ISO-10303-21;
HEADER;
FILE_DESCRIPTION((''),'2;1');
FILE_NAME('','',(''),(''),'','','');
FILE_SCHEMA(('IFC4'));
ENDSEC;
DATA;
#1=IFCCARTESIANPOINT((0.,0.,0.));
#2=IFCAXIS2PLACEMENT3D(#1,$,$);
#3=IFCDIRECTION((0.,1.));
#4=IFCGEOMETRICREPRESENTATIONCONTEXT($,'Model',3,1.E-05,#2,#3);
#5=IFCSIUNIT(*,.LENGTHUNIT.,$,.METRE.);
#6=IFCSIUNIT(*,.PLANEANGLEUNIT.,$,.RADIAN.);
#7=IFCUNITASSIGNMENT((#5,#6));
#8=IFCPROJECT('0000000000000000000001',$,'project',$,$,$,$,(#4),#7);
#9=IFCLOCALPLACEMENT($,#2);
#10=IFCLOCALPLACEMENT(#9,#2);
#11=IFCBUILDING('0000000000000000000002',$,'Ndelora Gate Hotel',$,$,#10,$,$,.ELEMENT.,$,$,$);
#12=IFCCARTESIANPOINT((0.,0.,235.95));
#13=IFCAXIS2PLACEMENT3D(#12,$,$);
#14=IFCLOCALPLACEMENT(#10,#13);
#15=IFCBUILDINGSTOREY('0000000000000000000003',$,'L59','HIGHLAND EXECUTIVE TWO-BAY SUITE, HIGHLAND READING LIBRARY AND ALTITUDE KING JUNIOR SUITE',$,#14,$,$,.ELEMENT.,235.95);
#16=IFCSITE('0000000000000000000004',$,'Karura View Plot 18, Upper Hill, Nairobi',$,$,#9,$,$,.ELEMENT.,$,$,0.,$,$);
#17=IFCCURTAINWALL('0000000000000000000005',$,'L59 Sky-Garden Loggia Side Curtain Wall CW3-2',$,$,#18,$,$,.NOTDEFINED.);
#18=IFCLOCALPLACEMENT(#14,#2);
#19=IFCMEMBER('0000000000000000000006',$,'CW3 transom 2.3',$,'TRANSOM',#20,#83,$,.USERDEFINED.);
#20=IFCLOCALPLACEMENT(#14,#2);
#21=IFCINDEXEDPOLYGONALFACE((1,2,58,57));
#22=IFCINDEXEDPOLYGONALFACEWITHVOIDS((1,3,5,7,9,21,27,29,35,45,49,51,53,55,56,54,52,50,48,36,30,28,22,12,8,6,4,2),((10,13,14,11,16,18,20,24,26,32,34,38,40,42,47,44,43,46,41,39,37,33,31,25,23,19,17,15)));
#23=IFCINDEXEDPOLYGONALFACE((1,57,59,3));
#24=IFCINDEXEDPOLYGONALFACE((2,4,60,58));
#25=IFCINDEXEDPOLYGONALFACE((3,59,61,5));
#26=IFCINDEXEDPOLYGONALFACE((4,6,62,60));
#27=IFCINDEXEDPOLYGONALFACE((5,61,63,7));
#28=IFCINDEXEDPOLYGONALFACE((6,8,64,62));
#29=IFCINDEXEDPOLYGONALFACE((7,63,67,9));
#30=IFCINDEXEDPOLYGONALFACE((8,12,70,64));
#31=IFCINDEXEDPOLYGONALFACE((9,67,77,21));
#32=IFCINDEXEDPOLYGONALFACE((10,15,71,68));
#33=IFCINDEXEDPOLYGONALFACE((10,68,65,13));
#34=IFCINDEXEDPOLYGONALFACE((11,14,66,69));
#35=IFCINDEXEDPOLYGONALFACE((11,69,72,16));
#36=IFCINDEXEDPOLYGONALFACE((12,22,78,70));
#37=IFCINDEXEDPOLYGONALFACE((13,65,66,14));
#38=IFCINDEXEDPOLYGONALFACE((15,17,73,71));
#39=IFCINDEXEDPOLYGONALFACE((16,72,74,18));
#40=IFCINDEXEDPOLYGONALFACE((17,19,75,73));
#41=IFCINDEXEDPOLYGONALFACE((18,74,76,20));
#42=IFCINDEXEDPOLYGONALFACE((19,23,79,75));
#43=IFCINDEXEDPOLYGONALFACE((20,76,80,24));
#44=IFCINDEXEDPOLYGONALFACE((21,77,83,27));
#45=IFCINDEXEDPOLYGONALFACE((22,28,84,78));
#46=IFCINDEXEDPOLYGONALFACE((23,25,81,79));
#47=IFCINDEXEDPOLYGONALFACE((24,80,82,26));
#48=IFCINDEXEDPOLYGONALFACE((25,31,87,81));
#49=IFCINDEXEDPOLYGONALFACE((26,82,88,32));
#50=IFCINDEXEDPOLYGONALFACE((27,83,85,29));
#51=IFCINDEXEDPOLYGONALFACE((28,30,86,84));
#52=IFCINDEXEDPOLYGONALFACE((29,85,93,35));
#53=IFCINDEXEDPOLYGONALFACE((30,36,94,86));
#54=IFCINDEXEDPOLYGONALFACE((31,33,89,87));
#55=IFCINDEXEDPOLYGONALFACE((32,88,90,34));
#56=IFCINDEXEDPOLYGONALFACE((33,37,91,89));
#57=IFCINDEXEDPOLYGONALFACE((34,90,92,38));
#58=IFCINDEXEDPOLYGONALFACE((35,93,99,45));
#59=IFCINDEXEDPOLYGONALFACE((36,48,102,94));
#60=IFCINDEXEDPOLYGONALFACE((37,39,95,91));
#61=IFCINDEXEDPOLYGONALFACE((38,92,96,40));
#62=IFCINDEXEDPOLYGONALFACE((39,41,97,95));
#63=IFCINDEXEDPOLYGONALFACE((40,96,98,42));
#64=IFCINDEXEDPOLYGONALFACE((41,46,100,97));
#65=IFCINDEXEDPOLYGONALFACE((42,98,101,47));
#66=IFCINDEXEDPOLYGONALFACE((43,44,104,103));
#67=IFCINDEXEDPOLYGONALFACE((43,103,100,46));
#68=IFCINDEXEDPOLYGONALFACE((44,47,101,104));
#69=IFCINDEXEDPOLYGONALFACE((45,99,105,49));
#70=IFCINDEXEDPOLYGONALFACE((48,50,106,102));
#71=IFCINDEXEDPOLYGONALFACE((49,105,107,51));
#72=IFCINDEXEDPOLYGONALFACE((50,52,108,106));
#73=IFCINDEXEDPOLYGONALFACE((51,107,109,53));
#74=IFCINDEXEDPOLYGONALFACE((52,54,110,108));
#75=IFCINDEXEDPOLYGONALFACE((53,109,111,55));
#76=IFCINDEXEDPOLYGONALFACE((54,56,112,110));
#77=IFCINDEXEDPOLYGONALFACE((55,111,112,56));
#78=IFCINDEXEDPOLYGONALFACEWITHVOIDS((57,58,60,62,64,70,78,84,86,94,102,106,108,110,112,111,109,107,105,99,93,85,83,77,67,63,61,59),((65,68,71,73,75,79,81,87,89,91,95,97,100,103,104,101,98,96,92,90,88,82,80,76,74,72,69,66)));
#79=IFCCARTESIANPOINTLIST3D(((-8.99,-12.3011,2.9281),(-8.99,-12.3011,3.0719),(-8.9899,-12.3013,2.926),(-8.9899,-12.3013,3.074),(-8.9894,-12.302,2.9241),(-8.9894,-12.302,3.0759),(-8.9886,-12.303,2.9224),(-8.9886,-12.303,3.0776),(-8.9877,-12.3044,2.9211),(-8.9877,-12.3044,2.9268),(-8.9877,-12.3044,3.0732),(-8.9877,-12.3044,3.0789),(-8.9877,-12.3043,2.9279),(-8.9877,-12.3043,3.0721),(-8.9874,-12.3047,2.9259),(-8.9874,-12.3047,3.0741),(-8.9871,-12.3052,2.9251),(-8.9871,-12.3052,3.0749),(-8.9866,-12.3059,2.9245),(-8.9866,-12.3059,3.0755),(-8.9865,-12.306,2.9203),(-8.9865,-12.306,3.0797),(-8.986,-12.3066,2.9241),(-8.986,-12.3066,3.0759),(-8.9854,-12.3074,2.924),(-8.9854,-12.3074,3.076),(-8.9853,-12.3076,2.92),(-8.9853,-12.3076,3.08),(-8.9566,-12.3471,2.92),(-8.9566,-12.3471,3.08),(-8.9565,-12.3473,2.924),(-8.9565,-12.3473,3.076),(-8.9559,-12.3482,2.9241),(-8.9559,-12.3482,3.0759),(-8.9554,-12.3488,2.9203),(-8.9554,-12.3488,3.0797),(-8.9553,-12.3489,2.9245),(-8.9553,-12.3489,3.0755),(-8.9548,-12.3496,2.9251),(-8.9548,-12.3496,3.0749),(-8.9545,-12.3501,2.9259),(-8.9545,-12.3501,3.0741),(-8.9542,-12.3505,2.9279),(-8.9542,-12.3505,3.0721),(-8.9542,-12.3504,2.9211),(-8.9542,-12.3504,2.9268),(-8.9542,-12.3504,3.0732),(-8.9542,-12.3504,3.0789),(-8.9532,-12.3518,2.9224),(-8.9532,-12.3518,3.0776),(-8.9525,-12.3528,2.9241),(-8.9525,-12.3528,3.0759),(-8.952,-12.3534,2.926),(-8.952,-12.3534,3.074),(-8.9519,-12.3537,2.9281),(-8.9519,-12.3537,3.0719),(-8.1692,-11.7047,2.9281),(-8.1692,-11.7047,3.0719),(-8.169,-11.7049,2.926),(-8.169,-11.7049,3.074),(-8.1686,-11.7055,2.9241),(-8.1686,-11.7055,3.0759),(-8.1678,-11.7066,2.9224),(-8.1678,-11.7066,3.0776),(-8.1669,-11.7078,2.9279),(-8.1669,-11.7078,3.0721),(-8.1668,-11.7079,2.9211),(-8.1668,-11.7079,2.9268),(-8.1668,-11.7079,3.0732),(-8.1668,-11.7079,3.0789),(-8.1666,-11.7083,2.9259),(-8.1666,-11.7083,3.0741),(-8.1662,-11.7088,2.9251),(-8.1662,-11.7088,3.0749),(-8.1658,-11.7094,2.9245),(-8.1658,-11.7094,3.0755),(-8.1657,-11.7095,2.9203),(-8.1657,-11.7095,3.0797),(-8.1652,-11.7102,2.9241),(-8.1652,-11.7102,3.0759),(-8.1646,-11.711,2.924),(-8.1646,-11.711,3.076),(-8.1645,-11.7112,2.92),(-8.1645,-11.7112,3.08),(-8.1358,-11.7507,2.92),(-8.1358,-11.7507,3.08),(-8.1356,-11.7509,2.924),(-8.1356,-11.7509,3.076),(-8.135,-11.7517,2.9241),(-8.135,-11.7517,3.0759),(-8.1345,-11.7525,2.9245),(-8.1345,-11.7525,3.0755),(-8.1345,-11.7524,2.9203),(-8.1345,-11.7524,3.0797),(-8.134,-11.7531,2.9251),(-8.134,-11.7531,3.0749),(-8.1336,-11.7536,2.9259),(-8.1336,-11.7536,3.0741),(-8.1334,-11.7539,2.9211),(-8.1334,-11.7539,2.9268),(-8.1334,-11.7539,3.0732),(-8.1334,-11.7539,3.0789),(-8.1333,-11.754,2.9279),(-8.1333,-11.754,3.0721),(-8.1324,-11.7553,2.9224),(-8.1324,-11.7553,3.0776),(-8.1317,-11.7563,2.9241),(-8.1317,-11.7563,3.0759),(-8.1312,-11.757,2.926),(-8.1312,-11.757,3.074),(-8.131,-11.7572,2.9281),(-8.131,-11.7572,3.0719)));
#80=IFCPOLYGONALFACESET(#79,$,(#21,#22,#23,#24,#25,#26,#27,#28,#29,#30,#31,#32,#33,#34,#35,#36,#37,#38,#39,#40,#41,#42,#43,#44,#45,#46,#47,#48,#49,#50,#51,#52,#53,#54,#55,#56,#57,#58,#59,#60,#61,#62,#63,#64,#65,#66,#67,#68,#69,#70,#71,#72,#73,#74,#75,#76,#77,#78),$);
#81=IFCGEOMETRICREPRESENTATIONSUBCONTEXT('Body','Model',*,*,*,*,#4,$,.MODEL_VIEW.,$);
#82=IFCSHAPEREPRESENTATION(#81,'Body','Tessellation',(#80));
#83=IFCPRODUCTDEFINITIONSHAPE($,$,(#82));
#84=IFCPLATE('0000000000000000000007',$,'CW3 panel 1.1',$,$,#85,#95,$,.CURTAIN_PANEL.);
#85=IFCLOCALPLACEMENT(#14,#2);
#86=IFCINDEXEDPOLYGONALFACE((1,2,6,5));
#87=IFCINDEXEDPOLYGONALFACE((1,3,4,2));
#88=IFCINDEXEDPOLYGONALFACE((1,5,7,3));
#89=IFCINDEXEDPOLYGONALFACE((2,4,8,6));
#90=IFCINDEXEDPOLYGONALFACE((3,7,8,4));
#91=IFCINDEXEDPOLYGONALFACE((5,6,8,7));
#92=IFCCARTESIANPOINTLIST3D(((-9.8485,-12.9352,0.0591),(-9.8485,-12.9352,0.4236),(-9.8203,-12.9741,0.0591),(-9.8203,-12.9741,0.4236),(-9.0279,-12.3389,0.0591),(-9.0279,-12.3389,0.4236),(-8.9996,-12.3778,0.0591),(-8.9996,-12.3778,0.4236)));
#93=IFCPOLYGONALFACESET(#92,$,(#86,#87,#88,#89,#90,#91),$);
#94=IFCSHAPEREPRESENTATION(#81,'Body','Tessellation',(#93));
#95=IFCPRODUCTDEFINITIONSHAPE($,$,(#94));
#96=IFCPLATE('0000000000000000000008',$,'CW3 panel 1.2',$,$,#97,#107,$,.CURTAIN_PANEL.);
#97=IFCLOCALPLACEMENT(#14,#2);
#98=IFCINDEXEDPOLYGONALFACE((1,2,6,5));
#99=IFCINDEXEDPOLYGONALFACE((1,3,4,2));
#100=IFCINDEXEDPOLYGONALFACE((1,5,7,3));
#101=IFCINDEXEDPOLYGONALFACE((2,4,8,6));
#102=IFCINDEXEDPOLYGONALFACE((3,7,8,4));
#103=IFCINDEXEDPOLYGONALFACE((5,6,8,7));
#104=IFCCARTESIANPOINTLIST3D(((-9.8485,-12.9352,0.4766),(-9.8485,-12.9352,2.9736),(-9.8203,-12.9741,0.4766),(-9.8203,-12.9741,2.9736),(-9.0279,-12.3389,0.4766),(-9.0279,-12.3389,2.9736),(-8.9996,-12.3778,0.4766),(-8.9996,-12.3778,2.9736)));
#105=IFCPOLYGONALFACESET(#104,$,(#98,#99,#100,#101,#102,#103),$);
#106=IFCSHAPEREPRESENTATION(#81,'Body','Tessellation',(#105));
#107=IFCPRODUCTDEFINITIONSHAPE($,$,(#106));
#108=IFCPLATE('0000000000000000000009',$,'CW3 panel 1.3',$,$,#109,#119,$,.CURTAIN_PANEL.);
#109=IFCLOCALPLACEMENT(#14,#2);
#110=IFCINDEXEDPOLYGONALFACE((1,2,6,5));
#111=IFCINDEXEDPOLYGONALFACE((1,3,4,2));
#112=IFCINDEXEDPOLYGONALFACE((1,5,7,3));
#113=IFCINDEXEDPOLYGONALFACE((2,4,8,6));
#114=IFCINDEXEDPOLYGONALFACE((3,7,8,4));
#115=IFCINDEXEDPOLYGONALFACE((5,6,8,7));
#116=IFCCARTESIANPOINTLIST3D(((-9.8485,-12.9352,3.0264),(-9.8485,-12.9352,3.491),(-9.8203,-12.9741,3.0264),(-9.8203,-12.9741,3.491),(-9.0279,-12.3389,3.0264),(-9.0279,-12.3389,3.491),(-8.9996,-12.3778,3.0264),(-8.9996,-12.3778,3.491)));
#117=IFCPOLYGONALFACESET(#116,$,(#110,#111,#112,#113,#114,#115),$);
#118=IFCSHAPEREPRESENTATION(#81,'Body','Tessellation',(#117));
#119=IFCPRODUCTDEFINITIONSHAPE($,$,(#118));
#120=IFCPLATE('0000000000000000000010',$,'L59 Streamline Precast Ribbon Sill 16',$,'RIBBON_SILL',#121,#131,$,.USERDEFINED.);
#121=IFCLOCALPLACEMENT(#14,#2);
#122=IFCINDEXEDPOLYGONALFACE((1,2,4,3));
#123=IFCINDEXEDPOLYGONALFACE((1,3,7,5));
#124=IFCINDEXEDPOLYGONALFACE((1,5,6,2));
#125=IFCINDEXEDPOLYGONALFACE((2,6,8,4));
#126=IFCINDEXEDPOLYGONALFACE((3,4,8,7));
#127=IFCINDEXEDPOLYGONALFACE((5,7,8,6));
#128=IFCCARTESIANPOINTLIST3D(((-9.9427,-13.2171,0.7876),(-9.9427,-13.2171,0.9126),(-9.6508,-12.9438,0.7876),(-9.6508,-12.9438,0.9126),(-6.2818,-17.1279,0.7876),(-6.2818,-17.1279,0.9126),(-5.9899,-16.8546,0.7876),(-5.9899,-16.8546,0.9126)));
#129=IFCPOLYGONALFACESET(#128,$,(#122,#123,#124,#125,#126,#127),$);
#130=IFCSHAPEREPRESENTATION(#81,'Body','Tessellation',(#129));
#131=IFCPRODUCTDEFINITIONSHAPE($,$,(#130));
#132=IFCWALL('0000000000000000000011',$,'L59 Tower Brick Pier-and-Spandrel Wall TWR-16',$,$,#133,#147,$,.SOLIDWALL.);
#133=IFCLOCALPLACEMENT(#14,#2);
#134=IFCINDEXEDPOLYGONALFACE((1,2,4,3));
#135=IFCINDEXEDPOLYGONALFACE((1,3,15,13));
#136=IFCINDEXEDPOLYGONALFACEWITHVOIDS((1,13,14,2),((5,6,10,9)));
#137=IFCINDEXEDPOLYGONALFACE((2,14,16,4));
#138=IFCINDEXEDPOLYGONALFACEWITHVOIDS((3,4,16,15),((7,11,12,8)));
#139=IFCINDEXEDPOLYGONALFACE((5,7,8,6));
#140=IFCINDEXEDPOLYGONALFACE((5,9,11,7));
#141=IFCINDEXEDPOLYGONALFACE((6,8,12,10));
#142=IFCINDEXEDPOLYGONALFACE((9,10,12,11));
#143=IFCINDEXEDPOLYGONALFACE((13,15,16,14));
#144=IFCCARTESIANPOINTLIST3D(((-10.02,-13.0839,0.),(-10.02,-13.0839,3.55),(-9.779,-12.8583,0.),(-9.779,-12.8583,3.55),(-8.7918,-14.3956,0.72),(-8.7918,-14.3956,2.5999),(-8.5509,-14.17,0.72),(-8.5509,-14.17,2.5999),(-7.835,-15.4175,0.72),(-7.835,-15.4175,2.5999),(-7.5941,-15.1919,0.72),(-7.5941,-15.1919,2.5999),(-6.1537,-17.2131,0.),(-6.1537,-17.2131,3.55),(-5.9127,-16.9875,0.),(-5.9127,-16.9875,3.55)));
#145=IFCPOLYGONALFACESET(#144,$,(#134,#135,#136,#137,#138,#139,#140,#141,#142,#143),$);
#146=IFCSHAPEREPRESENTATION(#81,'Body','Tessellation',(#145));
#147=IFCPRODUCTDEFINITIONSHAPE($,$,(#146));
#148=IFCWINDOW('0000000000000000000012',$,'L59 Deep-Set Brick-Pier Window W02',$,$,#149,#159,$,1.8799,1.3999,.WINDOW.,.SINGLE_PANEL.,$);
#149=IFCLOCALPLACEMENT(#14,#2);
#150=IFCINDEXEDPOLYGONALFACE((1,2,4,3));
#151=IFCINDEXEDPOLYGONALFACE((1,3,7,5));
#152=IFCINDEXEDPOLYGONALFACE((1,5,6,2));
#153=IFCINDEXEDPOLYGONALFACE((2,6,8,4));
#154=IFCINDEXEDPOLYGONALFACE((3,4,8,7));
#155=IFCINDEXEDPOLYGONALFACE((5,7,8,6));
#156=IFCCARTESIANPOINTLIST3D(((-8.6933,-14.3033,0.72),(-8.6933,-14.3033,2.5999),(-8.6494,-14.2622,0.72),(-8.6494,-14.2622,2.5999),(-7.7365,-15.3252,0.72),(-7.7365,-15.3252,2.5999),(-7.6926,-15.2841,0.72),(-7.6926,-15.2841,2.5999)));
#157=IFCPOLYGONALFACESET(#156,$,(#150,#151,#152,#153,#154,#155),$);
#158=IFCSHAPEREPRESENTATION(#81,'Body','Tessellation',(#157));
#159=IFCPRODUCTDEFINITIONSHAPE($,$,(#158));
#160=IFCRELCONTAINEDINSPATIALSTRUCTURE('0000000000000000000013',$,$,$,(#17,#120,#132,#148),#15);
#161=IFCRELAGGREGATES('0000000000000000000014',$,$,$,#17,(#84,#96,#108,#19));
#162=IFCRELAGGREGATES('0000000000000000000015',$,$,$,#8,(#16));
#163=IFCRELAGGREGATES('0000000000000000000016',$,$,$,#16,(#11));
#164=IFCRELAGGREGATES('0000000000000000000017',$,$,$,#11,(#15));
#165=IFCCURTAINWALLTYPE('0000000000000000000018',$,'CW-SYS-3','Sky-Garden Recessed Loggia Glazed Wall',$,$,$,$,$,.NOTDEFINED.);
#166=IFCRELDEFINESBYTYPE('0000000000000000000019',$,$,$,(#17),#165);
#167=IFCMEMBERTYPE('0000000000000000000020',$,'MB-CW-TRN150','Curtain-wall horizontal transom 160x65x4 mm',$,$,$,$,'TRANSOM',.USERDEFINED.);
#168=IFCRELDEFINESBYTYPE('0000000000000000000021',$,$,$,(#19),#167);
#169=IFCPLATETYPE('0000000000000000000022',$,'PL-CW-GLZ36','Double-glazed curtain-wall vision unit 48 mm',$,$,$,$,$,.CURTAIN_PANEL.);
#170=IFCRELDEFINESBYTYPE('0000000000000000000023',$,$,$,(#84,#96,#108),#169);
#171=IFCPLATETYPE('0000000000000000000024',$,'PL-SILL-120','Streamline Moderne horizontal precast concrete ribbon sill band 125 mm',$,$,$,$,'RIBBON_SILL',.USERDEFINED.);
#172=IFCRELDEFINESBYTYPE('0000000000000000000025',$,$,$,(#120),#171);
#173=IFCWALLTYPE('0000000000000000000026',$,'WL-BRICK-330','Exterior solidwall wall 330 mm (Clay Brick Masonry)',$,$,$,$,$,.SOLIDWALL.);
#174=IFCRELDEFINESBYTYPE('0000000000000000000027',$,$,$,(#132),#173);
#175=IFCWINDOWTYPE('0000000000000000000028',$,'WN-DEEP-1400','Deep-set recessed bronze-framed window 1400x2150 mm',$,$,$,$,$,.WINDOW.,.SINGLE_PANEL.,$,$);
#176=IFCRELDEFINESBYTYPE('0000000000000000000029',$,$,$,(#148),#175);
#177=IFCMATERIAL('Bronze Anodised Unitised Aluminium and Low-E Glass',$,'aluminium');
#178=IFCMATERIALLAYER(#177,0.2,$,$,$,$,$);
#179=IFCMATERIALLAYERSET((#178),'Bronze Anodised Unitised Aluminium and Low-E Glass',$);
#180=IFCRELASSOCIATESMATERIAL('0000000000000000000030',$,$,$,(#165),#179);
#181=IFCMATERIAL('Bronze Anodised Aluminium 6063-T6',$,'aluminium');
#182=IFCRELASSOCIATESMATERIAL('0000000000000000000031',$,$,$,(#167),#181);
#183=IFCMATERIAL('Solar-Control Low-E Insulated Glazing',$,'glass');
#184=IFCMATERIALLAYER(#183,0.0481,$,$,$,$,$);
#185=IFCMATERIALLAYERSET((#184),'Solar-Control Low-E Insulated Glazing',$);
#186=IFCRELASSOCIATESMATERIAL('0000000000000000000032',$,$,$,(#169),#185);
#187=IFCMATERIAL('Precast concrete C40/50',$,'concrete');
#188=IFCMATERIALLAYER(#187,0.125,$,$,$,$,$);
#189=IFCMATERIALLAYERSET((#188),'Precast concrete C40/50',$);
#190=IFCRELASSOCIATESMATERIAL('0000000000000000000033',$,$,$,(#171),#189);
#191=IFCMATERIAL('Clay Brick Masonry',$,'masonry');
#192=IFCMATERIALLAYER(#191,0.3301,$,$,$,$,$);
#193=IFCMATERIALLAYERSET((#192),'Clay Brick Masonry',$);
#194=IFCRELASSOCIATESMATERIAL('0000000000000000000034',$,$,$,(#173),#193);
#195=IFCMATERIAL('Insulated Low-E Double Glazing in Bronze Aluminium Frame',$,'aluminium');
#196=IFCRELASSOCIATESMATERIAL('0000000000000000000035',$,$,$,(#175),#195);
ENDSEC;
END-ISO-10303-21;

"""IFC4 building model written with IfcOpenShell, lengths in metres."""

from ifc_helpers import new_model, si_unit, direction, frame, frame_2d, origin, origin_2d, place, context, subcontext, project, spatial, rectangle, hollow_rectangle, extrude, material, layer, layer_set, material_profile, profile_set, type_object, element, fill, aggregate, save


model = new_model("IFC4")

# Units and contexts
model_context = context("Model", 3, precision=1e-05, world=origin(), true_north=direction((0.0, 1.0)))
body_context = subcontext(model_context, "Body", "Model", "MODEL_VIEW")
ifc_project = project(units=[si_unit("LENGTHUNIT", "METRE"), si_unit("PLANEANGLEUNIT", "RADIAN")], contexts=[model_context])

# Site, building, storey
site_placement = place(None, origin())
site = spatial("IfcSite", under=ifc_project, at=site_placement, Name="Karura View Plot 18, Upper Hill, Nairobi", CompositionType="ELEMENT", RefElevation=0.0)
building_placement = place(site_placement, origin())
building = spatial("IfcBuilding", under=site, at=building_placement, Name="Ndelora Gate Hotel", CompositionType="ELEMENT")
storey_placement = place(building_placement, frame((0.0, 0.0, 235.95)))
storey = spatial("IfcBuildingStorey", under=building, at=storey_placement, Name="L59", Description="HIGHLAND EXECUTIVE TWO-BAY SUITE, HIGHLAND READING LIBRARY AND ALTITUDE KING JUNIOR SUITE", CompositionType="ELEMENT", Elevation=235.95)

# Curtain wall, member, plates
ifc_material_1 = material(Name="Bronze Anodised Unitised Aluminium and Low-E Glass", Category="aluminium")
ifc_layer_1 = layer(ifc_material_1, 0.2)
ifc_layer_set_1 = layer_set([ifc_layer_1], Name="Bronze Anodised Unitised Aluminium and Low-E Glass")
curtain_wall_type = type_object("IfcCurtainWallType", Name="CW-SYS-3", Description="Sky-Garden Recessed Loggia Glazed Wall", PredefinedType="NOTDEFINED", material=ifc_layer_set_1)
curtain_wall_placement = place(storey_placement, origin())
curtain_wall = element("IfcCurtainWall", 1, at=curtain_wall_placement, inside=storey, type_object=curtain_wall_type, Name="L59 Sky-Garden Loggia Side Curtain Wall CW3-2", PredefinedType="NOTDEFINED")
ifc_material_2 = material(Name="Bronze Anodised Aluminium 6063-T6", Category="aluminium")
ifc_material_profile_1 = material_profile(ifc_material_2, hollow_rectangle(XDim=0.0649, YDim=0.1599, WallThickness=0.0039, InnerFilletRadius=0.0039, OuterFilletRadius=0.0081, at=origin_2d()), Name="ALU 160x65x4")
ifc_profile_set_1 = profile_set([ifc_material_profile_1], Name="Bronze Anodised Aluminium 6063-T6")
member_type_1 = type_object("IfcMemberType", Name="MB-CW-TRN150", Description="Curtain-wall horizontal transom 160x65x4 mm", ElementType="TRANSOM", PredefinedType="USERDEFINED", material=ifc_profile_set_1)
member_1_placement = place(storey_placement, frame((-8.9709, -12.3274, 3.0), z_axis=(0.808975, 0.587843, 0.0), x_axis=(-0.587843, 0.808975, 0.0)))
member_1 = element("IfcMember", 2, at=member_1_placement, type_object=member_type_1, Name="CW3 transom 2.3", ObjectType="TRANSOM", PredefinedType="USERDEFINED", context=body_context, shape_type="SweptSolid", body=[
    extrude(hollow_rectangle(XDim=0.0649, YDim=0.1599, WallThickness=0.0039, InnerFilletRadius=0.0039, OuterFilletRadius=0.0081, at=origin_2d()), origin(), (0.0, 0.0, 1.0), 1.0146),
])
ifc_material_3 = material(Name="Solar-Control Low-E Insulated Glazing", Category="glass")
ifc_layer_2 = layer(ifc_material_3, 0.0481)
ifc_layer_set_2 = layer_set([ifc_layer_2], Name="Solar-Control Low-E Insulated Glazing")
plate_type_1 = type_object("IfcPlateType", Name="PL-CW-GLZ36", Description="Double-glazed curtain-wall vision unit 48 mm", PredefinedType="CURTAIN_PANEL", material=ifc_layer_set_2)
plate_1_placement = place(storey_placement, frame((-9.4241, -12.6565, 0.0591), z_axis=(0.0, 0.0, 1.0), x_axis=(0.809033, 0.587764, 0.0)))
plate_1 = element("IfcPlate", 3, at=plate_1_placement, type_object=plate_type_1, Name="CW3 panel 1.1", PredefinedType="CURTAIN_PANEL", context=body_context, shape_type="SweptSolid", body=[
    extrude(rectangle(XDim=1.0144, YDim=0.0481, at=origin_2d()), origin(), (0.0, 0.0, 1.0), 0.3645),
])
plate_2_placement = place(storey_placement, frame((-9.4241, -12.6565, 0.4766), z_axis=(0.0, 0.0, 1.0), x_axis=(0.809033, 0.587764, 0.0)))
plate_2 = element("IfcPlate", 4, at=plate_2_placement, type_object=plate_type_1, Name="CW3 panel 1.2", PredefinedType="CURTAIN_PANEL", context=body_context, shape_type="SweptSolid", body=[
    extrude(rectangle(XDim=1.0144, YDim=0.0481, at=origin_2d()), origin(), (0.0, 0.0, 1.0), 2.4971),
])
plate_3_placement = place(storey_placement, frame((-9.4241, -12.6565, 3.0264), z_axis=(0.0, 0.0, 1.0), x_axis=(0.809033, 0.587764, 0.0)))
plate_3 = element("IfcPlate", 5, at=plate_3_placement, type_object=plate_type_1, Name="CW3 panel 1.3", PredefinedType="CURTAIN_PANEL", context=body_context, shape_type="SweptSolid", body=[
    extrude(rectangle(XDim=1.0144, YDim=0.0481, at=origin_2d()), origin(), (0.0, 0.0, 1.0), 0.4646),
])
aggregate(curtain_wall, [plate_1, plate_2, plate_3, member_1])

# Plate
ifc_material_4 = material(Name="Precast concrete C40/50", Category="concrete")
ifc_layer_3 = layer(ifc_material_4, 0.125)
ifc_layer_set_3 = layer_set([ifc_layer_3], Name="Precast concrete C40/50")
plate_type_2 = type_object("IfcPlateType", Name="PL-SILL-120", Description="Streamline Moderne horizontal precast concrete ribbon sill band 125 mm", ElementType="RIBBON_SILL", PredefinedType="USERDEFINED", material=ifc_layer_set_3)
plate_4_placement = place(storey_placement, frame((-7.9663, -15.0359, 0.7876), z_axis=(0.0, 0.0, 1.0), x_axis=(-0.683401, 0.730043, 0.0)))
element("IfcPlate", 6, at=plate_4_placement, inside=storey, type_object=plate_type_2, Name="L59 Streamline Precast Ribbon Sill 16", ObjectType="RIBBON_SILL", PredefinedType="USERDEFINED", context=body_context, shape_type="SweptSolid", body=[
    extrude(rectangle(XDim=5.3569, YDim=0.3999, at=origin_2d()), origin(), (0.0, 0.0, 1.0), 0.125),
])

# Wall, opening, window
ifc_material_5 = material(Name="Clay Brick Masonry", Category="masonry")
ifc_layer_4 = layer(ifc_material_5, 0.3301)
ifc_layer_set_4 = layer_set([ifc_layer_4], Name="Clay Brick Masonry")
wall_type = type_object("IfcWallType", Name="WL-BRICK-330", Description="Exterior solidwall wall 330 mm (Clay Brick Masonry)", PredefinedType="SOLIDWALL", material=ifc_layer_set_4)
wall_1_placement = place(storey_placement, frame((-6.0332, -17.1003, 0.0), z_axis=(0.0, 0.0, 1.0), x_axis=(-0.683483, 0.729966, 0.0)))
wall_1 = element("IfcWall", 7, at=wall_1_placement, inside=storey, type_object=wall_type, Name="L59 Tower Brick Pier-and-Spandrel Wall TWR-16", PredefinedType="SOLIDWALL", context=body_context, shape_type="SweptSolid", body=[
    extrude(rectangle(XDim=5.6567, YDim=0.3301, at=frame_2d((2.8284, 0.0))), origin(), (0.0, 0.0, 1.0), 3.55),
])
opening_1_placement = place(wall_1_placement, frame((2.46, 0.0, 0.72)))
opening_1 = element("IfcOpeningElement", 8, at=opening_1_placement, cuts=wall_1, PredefinedType="OPENING", context=body_context, shape_type="SweptSolid", body=[
    extrude(rectangle(XDim=1.3999, YDim=1.8799, at=frame_2d((0.7, 0.9399))), frame((0.0, 0.175, 0.0), z_axis=(0.0, -1.0, 0.0), x_axis=(1.0, 0.0, 0.0)), (0.0, 0.0, 1.0), 0.3501),
])
ifc_material_6 = material(Name="Insulated Low-E Double Glazing in Bronze Aluminium Frame", Category="aluminium")
window_type = type_object("IfcWindowType", Name="WN-DEEP-1400", Description="Deep-set recessed bronze-framed window 1400x2150 mm", PartitioningType="SINGLE_PANEL", PredefinedType="WINDOW", material=ifc_material_6)
window_1_placement = place(opening_1_placement, origin())
window_1 = element("IfcWindow", 9, at=window_1_placement, inside=storey, type_object=window_type, Name="L59 Deep-Set Brick-Pier Window W02", OverallHeight=1.8799, OverallWidth=1.3999, PartitioningType="SINGLE_PANEL", PredefinedType="WINDOW", context=body_context, shape_type="SweptSolid", body=[
    extrude(rectangle(XDim=1.3999, YDim=1.8799, at=frame_2d((0.7, 0.9399))), frame((0.0, 0.03, 0.0), z_axis=(0.0, -1.0, 0.0), x_axis=(1.0, 0.0, 0.0)), (0.0, 0.0, 1.0), 0.0601),
])
fill(opening_1, window_1)

save(model, "model.ifc")
